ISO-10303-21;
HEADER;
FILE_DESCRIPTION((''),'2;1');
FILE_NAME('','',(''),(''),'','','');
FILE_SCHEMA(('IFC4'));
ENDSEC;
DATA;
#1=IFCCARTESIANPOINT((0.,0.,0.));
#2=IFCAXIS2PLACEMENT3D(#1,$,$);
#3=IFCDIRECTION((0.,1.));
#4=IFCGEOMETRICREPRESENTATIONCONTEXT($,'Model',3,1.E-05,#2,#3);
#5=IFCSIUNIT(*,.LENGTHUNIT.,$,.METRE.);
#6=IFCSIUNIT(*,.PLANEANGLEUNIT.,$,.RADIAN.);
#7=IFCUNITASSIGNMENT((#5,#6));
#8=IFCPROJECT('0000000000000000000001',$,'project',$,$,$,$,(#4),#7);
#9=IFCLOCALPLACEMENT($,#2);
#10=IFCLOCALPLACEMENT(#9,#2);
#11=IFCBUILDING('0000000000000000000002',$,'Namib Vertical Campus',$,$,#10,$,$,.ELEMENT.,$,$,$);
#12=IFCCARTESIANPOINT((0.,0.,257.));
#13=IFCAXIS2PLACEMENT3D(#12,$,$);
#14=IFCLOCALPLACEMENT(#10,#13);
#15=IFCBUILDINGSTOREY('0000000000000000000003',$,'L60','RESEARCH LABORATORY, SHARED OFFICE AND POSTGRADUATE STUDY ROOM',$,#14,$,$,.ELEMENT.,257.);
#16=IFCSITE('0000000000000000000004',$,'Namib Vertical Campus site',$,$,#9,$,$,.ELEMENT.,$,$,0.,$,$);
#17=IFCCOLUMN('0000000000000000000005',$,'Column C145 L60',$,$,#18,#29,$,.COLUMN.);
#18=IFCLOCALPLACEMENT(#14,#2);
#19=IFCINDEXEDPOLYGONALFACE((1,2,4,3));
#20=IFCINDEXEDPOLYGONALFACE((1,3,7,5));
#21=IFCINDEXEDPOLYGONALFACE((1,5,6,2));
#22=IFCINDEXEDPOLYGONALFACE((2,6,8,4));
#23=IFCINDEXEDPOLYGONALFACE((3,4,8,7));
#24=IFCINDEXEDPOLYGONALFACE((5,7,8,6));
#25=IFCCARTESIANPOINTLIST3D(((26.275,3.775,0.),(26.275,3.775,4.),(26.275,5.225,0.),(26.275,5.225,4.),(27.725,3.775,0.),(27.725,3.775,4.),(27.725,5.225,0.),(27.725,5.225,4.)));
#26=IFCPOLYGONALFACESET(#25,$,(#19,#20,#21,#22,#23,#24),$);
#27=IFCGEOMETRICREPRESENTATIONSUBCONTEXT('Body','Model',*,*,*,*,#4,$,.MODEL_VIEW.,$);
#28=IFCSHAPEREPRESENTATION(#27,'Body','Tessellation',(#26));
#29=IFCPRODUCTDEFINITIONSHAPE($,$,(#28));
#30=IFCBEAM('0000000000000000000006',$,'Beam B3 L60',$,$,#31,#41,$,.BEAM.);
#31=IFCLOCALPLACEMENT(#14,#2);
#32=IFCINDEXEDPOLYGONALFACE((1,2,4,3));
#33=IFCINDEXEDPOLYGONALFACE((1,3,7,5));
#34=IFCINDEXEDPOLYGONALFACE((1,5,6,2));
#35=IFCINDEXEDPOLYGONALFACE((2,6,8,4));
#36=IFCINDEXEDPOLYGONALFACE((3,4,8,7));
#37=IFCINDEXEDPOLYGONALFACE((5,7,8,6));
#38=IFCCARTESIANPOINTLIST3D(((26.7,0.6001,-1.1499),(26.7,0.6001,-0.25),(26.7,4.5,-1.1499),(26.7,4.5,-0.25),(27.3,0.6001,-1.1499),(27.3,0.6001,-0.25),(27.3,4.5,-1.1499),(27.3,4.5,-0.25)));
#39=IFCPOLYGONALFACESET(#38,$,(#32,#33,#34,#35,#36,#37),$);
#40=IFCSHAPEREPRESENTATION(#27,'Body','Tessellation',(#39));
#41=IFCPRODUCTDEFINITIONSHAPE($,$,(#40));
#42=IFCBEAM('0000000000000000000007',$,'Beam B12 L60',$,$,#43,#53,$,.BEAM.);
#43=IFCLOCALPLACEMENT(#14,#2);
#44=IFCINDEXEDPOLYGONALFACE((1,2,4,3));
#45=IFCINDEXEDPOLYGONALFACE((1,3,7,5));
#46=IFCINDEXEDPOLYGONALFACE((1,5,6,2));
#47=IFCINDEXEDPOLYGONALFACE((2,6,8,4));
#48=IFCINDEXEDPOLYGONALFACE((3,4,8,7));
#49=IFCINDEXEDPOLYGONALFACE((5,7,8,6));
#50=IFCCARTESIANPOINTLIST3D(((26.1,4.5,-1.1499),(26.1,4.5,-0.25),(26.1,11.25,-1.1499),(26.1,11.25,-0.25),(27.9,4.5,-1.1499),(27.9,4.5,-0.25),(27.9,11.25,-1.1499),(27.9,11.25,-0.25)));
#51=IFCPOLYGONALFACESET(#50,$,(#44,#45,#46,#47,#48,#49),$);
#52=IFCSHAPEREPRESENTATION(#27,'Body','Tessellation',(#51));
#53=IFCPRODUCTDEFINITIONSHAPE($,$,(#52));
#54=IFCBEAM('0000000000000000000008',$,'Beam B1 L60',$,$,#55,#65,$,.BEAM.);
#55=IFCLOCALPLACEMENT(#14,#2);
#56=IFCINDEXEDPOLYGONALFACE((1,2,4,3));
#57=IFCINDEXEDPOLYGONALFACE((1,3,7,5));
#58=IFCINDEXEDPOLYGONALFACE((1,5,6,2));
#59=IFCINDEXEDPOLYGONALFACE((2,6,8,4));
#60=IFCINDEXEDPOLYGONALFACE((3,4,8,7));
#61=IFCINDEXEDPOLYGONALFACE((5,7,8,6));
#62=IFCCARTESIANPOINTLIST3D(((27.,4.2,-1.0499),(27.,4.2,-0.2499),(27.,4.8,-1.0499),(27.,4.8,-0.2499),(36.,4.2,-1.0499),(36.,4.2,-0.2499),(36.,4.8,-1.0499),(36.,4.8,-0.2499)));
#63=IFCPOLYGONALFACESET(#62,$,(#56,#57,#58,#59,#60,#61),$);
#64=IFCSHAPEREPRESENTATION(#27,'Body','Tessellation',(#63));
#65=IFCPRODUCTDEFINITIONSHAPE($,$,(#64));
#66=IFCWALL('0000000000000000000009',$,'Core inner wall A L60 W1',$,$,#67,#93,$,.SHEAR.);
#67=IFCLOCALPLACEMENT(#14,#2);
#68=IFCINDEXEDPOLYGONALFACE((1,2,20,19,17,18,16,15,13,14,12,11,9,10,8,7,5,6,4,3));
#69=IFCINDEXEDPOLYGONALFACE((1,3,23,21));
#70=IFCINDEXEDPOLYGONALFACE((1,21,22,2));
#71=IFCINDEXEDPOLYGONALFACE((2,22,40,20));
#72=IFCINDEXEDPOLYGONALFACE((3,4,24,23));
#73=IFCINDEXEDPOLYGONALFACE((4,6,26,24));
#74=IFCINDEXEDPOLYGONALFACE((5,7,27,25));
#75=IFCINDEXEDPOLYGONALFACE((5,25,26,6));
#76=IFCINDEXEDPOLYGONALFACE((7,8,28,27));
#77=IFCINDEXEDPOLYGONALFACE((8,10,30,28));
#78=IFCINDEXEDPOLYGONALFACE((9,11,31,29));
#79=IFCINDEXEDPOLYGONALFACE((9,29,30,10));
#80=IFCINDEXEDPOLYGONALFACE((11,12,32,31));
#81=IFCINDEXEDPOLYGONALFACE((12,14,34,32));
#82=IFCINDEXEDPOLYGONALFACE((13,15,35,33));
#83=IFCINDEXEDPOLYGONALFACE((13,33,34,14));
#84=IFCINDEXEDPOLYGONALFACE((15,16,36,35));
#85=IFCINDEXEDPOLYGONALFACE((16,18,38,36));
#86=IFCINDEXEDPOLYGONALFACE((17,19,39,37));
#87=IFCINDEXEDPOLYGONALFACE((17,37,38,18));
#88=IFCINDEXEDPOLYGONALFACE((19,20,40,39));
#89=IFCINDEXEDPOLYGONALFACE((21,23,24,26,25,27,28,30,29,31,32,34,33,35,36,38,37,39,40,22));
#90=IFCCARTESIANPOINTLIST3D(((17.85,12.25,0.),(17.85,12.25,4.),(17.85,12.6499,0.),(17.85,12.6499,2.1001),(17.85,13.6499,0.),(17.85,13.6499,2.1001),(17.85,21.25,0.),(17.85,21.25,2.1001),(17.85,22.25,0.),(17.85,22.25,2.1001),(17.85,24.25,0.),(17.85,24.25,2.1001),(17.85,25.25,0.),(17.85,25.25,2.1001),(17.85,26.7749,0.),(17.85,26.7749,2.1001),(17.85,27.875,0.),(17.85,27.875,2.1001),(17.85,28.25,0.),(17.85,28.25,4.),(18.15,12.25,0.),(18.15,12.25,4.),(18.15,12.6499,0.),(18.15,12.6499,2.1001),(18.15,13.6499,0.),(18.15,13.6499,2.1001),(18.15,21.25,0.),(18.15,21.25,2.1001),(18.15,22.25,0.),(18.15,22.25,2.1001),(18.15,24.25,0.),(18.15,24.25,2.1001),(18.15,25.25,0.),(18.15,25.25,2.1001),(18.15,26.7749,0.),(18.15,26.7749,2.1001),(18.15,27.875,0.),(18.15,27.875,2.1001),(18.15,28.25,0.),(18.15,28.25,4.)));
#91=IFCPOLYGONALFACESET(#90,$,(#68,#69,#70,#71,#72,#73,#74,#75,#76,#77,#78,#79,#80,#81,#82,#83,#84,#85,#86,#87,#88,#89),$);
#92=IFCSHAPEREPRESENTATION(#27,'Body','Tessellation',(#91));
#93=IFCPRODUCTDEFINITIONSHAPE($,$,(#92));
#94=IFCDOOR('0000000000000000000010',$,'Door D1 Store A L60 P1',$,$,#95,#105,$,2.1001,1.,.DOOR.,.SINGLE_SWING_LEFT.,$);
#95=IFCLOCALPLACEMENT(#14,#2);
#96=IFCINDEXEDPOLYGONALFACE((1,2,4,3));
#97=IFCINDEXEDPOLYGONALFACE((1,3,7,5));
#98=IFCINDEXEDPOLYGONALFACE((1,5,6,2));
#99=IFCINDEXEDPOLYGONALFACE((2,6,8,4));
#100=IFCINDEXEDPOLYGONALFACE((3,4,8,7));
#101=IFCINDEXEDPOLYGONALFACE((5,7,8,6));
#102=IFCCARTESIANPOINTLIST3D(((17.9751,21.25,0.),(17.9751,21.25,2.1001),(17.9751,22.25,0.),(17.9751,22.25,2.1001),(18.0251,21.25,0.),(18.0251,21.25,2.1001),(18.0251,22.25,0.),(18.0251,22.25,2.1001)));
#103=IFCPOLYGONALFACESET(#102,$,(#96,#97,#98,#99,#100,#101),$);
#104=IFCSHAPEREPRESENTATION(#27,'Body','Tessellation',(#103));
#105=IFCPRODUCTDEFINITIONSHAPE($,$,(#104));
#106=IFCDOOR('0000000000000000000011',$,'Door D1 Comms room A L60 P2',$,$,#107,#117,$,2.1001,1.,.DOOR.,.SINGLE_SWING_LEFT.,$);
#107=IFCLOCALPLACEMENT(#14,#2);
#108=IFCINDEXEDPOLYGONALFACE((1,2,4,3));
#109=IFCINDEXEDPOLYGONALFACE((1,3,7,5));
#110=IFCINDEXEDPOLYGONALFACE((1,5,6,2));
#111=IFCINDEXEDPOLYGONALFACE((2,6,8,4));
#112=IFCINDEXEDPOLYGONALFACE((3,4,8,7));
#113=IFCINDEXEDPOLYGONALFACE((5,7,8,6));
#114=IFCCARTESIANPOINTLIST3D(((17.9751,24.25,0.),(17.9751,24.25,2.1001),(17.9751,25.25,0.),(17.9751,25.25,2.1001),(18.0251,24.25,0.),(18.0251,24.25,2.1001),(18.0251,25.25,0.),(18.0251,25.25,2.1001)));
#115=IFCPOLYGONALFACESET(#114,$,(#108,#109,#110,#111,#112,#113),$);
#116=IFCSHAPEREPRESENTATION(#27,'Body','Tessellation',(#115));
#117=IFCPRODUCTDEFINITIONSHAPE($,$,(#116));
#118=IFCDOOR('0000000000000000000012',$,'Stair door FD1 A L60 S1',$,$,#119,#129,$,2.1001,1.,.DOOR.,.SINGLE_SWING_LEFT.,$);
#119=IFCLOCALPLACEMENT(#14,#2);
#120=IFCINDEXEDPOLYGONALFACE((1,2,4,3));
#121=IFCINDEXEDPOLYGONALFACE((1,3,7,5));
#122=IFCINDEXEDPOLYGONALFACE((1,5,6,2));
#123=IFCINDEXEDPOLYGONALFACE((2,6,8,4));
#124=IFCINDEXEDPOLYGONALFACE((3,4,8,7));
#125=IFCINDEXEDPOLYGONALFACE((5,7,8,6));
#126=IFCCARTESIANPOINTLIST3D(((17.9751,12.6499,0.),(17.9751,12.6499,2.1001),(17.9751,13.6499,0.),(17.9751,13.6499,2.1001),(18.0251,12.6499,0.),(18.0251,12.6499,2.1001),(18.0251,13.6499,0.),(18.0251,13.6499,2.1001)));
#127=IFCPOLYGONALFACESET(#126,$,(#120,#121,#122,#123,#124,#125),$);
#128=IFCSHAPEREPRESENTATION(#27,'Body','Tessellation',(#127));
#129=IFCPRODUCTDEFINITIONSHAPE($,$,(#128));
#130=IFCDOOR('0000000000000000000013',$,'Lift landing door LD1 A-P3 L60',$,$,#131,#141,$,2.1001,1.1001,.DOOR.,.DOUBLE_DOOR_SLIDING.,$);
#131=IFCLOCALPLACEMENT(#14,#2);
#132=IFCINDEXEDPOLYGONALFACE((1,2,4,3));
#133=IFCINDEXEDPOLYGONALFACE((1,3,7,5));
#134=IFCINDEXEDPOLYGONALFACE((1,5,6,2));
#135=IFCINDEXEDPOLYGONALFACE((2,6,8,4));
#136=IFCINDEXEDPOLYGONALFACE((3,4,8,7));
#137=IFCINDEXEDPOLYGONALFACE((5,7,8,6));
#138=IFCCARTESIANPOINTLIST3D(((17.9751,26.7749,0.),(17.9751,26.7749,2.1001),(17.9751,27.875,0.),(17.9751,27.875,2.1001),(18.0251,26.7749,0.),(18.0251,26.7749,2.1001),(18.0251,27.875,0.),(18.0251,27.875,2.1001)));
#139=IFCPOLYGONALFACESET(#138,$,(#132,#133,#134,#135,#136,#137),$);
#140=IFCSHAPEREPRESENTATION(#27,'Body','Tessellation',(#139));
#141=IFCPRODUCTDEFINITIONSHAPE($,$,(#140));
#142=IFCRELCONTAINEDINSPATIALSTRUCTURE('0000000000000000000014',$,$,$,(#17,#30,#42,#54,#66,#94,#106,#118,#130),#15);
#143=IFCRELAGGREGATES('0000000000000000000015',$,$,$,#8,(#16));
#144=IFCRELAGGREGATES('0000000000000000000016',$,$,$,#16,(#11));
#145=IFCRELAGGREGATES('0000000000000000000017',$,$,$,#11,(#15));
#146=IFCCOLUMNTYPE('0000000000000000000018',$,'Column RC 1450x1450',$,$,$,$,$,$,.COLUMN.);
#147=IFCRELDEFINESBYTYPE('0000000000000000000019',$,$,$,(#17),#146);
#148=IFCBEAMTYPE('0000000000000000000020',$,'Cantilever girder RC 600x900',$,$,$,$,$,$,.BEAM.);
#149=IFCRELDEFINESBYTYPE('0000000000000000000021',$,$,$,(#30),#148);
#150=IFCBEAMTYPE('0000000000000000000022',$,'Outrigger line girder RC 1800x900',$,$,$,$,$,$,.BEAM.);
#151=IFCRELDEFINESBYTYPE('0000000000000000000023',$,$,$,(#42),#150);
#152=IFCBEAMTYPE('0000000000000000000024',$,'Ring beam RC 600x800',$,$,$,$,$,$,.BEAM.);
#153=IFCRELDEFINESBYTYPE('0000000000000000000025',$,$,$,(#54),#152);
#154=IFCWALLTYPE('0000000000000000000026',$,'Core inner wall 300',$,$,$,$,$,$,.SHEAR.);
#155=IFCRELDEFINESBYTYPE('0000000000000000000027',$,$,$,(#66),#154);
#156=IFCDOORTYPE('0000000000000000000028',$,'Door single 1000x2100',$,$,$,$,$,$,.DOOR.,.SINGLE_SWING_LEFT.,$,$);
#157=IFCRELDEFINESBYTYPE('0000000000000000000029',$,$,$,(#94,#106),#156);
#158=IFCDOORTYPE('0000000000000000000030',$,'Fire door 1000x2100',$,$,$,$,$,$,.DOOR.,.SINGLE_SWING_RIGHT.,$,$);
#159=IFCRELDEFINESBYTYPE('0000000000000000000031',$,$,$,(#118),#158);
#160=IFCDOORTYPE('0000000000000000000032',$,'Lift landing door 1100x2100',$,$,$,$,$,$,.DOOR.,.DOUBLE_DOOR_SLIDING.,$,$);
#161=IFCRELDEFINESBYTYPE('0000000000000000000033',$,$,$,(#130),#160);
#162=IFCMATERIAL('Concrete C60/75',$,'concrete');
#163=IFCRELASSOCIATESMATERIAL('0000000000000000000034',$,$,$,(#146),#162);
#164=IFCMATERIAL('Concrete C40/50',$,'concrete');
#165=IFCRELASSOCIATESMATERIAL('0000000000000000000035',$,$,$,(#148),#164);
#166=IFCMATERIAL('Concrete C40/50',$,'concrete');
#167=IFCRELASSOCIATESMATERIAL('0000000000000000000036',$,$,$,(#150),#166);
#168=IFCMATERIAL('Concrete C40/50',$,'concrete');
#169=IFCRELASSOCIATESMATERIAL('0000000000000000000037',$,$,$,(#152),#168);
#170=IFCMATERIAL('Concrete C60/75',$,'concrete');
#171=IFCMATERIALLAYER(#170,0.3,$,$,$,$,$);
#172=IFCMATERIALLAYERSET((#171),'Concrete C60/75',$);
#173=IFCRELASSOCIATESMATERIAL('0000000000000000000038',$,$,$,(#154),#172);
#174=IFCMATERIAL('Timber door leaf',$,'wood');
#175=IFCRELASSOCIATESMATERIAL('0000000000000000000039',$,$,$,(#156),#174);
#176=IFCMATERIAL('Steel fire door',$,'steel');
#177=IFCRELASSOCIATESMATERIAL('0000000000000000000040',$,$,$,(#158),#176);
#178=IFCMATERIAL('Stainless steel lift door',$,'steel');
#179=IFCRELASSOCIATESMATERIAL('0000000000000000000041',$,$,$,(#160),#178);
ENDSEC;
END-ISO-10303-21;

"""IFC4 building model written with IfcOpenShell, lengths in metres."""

from ifc_helpers import new_model, si_unit, direction, frame, frame_2d, origin, origin_2d, place, context, subcontext, project, spatial, rectangle, extrude, material, layer, layer_set, material_profile, profile_set, type_object, element, fill, save


model = new_model("IFC4")

# Units and contexts
model_context = context("Model", 3, precision=1e-05, world=origin(), true_north=direction((0.0, 1.0)))
body_context = subcontext(model_context, "Body", "Model", "MODEL_VIEW")
ifc_project = project(units=[si_unit("LENGTHUNIT", "METRE"), si_unit("PLANEANGLEUNIT", "RADIAN")], contexts=[model_context])

# Site, building, storey
site_placement = place(None, origin())
site = spatial("IfcSite", under=ifc_project, at=site_placement, Name="Namib Vertical Campus site", CompositionType="ELEMENT", RefElevation=0.0)
building_placement = place(site_placement, origin())
building = spatial("IfcBuilding", under=site, at=building_placement, Name="Namib Vertical Campus", CompositionType="ELEMENT")
storey_placement = place(building_placement, frame((0.0, 0.0, 257.0)))
storey = spatial("IfcBuildingStorey", under=building, at=storey_placement, Name="L60", Description="RESEARCH LABORATORY, SHARED OFFICE AND POSTGRADUATE STUDY ROOM", CompositionType="ELEMENT", Elevation=257.0)

# Column
ifc_material_1 = material(Name="Concrete C60/75", Category="concrete")
ifc_material_profile_1 = material_profile(ifc_material_1, rectangle(XDim=1.45, YDim=1.45, at=origin_2d()))
ifc_profile_set_1 = profile_set([ifc_material_profile_1], Name="Concrete C60/75")
column_type = type_object("IfcColumnType", Name="Column RC 1450x1450", PredefinedType="COLUMN", material=ifc_profile_set_1)
column_placement = place(storey_placement, frame((27.0, 4.5, 0.0), z_axis=(0.0, 0.0, 1.0), x_axis=(1.0, 0.0, 0.0)))
element("IfcColumn", 1, at=column_placement, inside=storey, type_object=column_type, Name="Column C145 L60", PredefinedType="COLUMN", context=body_context, shape_type="SweptSolid", body=[
    extrude(rectangle(XDim=1.45, YDim=1.45, at=origin_2d()), origin(), (0.0, 0.0, 1.0), 4.0),
])

# Beams
ifc_material_2 = material(Name="Concrete C40/50", Category="concrete")
ifc_material_profile_2 = material_profile(ifc_material_2, rectangle(XDim=0.6001, YDim=0.8999, at=origin_2d()))
ifc_profile_set_2 = profile_set([ifc_material_profile_2], Name="Concrete C40/50")
beam_type_1 = type_object("IfcBeamType", Name="Cantilever girder RC 600x900", PredefinedType="BEAM", material=ifc_profile_set_2)
beam_1_placement = place(storey_placement, frame((27.0, 4.5, -0.7), z_axis=(0.0, -1.0, 0.0), x_axis=(1.0, 0.0, 0.0)))
element("IfcBeam", 2, at=beam_1_placement, inside=storey, type_object=beam_type_1, Name="Beam B3 L60", PredefinedType="BEAM", context=body_context, shape_type="SweptSolid", body=[
    extrude(rectangle(XDim=0.6001, YDim=0.8999, at=origin_2d()), origin(), (0.0, 0.0, 1.0), 3.8999),
])
ifc_material_3 = material(Name="Concrete C40/50", Category="concrete")
ifc_material_profile_3 = material_profile(ifc_material_3, rectangle(XDim=1.8, YDim=0.8999, at=origin_2d()))
ifc_profile_set_3 = profile_set([ifc_material_profile_3], Name="Concrete C40/50")
beam_type_2 = type_object("IfcBeamType", Name="Outrigger line girder RC 1800x900", PredefinedType="BEAM", material=ifc_profile_set_3)
beam_2_placement = place(storey_placement, frame((27.0, 4.5, -0.7), z_axis=(0.0, 1.0, 0.0), x_axis=(-1.0, 0.0, 0.0)))
element("IfcBeam", 3, at=beam_2_placement, inside=storey, type_object=beam_type_2, Name="Beam B12 L60", PredefinedType="BEAM", context=body_context, shape_type="SweptSolid", body=[
    extrude(rectangle(XDim=1.8, YDim=0.8999, at=origin_2d()), origin(), (0.0, 0.0, 1.0), 6.75),
])
ifc_material_4 = material(Name="Concrete C40/50", Category="concrete")
ifc_material_profile_4 = material_profile(ifc_material_4, rectangle(XDim=0.6001, YDim=0.8, at=origin_2d()))
ifc_profile_set_4 = profile_set([ifc_material_profile_4], Name="Concrete C40/50")
beam_type_3 = type_object("IfcBeamType", Name="Ring beam RC 600x800", PredefinedType="BEAM", material=ifc_profile_set_4)
beam_3_placement = place(storey_placement, frame((27.0, 4.5, -0.6499), z_axis=(1.0, 0.0, 0.0), x_axis=(0.0, 1.0, 0.0)))
element("IfcBeam", 4, at=beam_3_placement, inside=storey, type_object=beam_type_3, Name="Beam B1 L60", PredefinedType="BEAM", context=body_context, shape_type="SweptSolid", body=[
    extrude(rectangle(XDim=0.6001, YDim=0.8, at=origin_2d()), origin(), (0.0, 0.0, 1.0), 9.0),
])

# Wall, openings, doors
ifc_material_5 = material(Name="Concrete C60/75", Category="concrete")
ifc_layer_1 = layer(ifc_material_5, 0.3)
ifc_layer_set_1 = layer_set([ifc_layer_1], Name="Concrete C60/75")
wall_type_1 = type_object("IfcWallType", Name="Core inner wall 300", PredefinedType="SHEAR", material=ifc_layer_set_1)
wall_1_placement = place(storey_placement, frame((18.0, 12.25, 0.0), z_axis=(0.0, 0.0, 1.0), x_axis=(0.0, 1.0, 0.0)))
wall_1 = element("IfcWall", 5, at=wall_1_placement, inside=storey, type_object=wall_type_1, Name="Core inner wall A L60 W1", PredefinedType="SHEAR", context=body_context, shape_type="SweptSolid", body=[
    extrude(rectangle(XDim=16.0, YDim=0.3, at=frame_2d((8.0, 0.0))), origin(), (0.0, 0.0, 1.0), 4.0),
])
opening_1_placement = place(wall_1_placement, frame((0.3999, 0.0, 0.0)))
opening_1 = element("IfcOpeningElement", 6, at=opening_1_placement, cuts=wall_1, PredefinedType="OPENING", context=body_context, shape_type="SweptSolid", body=[
    extrude(rectangle(XDim=1.0, YDim=2.1001, at=frame_2d((0.5, 1.05))), frame((0.0, 0.1599, 0.0), z_axis=(0.0, -1.0, 0.0), x_axis=(1.0, 0.0, 0.0)), (0.0, 0.0, 1.0), 0.3201),
])
opening_2_placement = place(wall_1_placement, frame((14.5249, 0.0, 0.0)))
opening_2 = element("IfcOpeningElement", 7, at=opening_2_placement, cuts=wall_1, PredefinedType="OPENING", context=body_context, shape_type="SweptSolid", body=[
    extrude(rectangle(XDim=1.1001, YDim=2.1001, at=frame_2d((0.55, 1.05))), frame((0.0, 0.1599, 0.0), z_axis=(0.0, -1.0, 0.0), x_axis=(1.0, 0.0, 0.0)), (0.0, 0.0, 1.0), 0.3201),
])
opening_3_placement = place(wall_1_placement, frame((9.0, 0.0, 0.0)))
opening_3 = element("IfcOpeningElement", 8, at=opening_3_placement, cuts=wall_1, PredefinedType="OPENING", context=body_context, shape_type="SweptSolid", body=[
    extrude(rectangle(XDim=1.0, YDim=2.1001, at=frame_2d((0.5, 1.05))), frame((0.0, 0.1599, 0.0), z_axis=(0.0, -1.0, 0.0), x_axis=(1.0, 0.0, 0.0)), (0.0, 0.0, 1.0), 0.3201),
])
opening_4_placement = place(wall_1_placement, frame((12.0, 0.0, 0.0)))
opening_4 = element("IfcOpeningElement", 9, at=opening_4_placement, cuts=wall_1, PredefinedType="OPENING", context=body_context, shape_type="SweptSolid", body=[
    extrude(rectangle(XDim=1.0, YDim=2.1001, at=frame_2d((0.5, 1.05))), frame((0.0, 0.1599, 0.0), z_axis=(0.0, -1.0, 0.0), x_axis=(1.0, 0.0, 0.0)), (0.0, 0.0, 1.0), 0.3201),
])
ifc_material_6 = material(Name="Timber door leaf", Category="wood")
door_type_1 = type_object("IfcDoorType", Name="Door single 1000x2100", OperationType="SINGLE_SWING_LEFT", PredefinedType="DOOR", material=ifc_material_6)
door_1_placement = place(opening_3_placement, origin())
door_1 = element("IfcDoor", 10, at=door_1_placement, inside=storey, type_object=door_type_1, Name="Door D1 Store A L60 P1", OperationType="SINGLE_SWING_LEFT", OverallHeight=2.1001, OverallWidth=1.0, PredefinedType="DOOR", context=body_context, shape_type="SweptSolid", body=[
    extrude(rectangle(XDim=1.0, YDim=2.1001, at=frame_2d((0.5, 1.05))), frame((0.0, 0.0249, 0.0), z_axis=(0.0, -1.0, 0.0), x_axis=(1.0, 0.0, 0.0)), (0.0, 0.0, 1.0), 0.05),
])
fill(opening_3, door_1)
door_2_placement = place(opening_4_placement, origin())
door_2 = element("IfcDoor", 11, at=door_2_placement, inside=storey, type_object=door_type_1, Name="Door D1 Comms room A L60 P2", OperationType="SINGLE_SWING_LEFT", OverallHeight=2.1001, OverallWidth=1.0, PredefinedType="DOOR", context=body_context, shape_type="SweptSolid", body=[
    extrude(rectangle(XDim=1.0, YDim=2.1001, at=frame_2d((0.5, 1.05))), frame((0.0, 0.0249, 0.0), z_axis=(0.0, -1.0, 0.0), x_axis=(1.0, 0.0, 0.0)), (0.0, 0.0, 1.0), 0.05),
])
fill(opening_4, door_2)
ifc_material_7 = material(Name="Steel fire door", Category="steel")
door_type_2 = type_object("IfcDoorType", Name="Fire door 1000x2100", OperationType="SINGLE_SWING_RIGHT", PredefinedType="DOOR", material=ifc_material_7)
door_3_placement = place(opening_1_placement, origin())
door_3 = element("IfcDoor", 12, at=door_3_placement, inside=storey, type_object=door_type_2, Name="Stair door FD1 A L60 S1", OperationType="SINGLE_SWING_LEFT", OverallHeight=2.1001, OverallWidth=1.0, PredefinedType="DOOR", context=body_context, shape_type="SweptSolid", body=[
    extrude(rectangle(XDim=1.0, YDim=2.1001, at=frame_2d((0.5, 1.05))), frame((0.0, 0.0249, 0.0), z_axis=(0.0, -1.0, 0.0), x_axis=(1.0, 0.0, 0.0)), (0.0, 0.0, 1.0), 0.05),
])
fill(opening_1, door_3)
ifc_material_8 = material(Name="Stainless steel lift door", Category="steel")
door_type_3 = type_object("IfcDoorType", Name="Lift landing door 1100x2100", OperationType="DOUBLE_DOOR_SLIDING", PredefinedType="DOOR", material=ifc_material_8)
door_4_placement = place(opening_2_placement, origin())
door_4 = element("IfcDoor", 13, at=door_4_placement, inside=storey, type_object=door_type_3, Name="Lift landing door LD1 A-P3 L60", OperationType="DOUBLE_DOOR_SLIDING", OverallHeight=2.1001, OverallWidth=1.1001, PredefinedType="DOOR", context=body_context, shape_type="SweptSolid", body=[
    extrude(rectangle(XDim=1.1001, YDim=2.1001, at=frame_2d((0.55, 1.05))), frame((0.0, 0.0249, 0.0), z_axis=(0.0, -1.0, 0.0), x_axis=(1.0, 0.0, 0.0)), (0.0, 0.0, 1.0), 0.05),
])
fill(opening_2, door_4)

save(model, "model.ifc")
